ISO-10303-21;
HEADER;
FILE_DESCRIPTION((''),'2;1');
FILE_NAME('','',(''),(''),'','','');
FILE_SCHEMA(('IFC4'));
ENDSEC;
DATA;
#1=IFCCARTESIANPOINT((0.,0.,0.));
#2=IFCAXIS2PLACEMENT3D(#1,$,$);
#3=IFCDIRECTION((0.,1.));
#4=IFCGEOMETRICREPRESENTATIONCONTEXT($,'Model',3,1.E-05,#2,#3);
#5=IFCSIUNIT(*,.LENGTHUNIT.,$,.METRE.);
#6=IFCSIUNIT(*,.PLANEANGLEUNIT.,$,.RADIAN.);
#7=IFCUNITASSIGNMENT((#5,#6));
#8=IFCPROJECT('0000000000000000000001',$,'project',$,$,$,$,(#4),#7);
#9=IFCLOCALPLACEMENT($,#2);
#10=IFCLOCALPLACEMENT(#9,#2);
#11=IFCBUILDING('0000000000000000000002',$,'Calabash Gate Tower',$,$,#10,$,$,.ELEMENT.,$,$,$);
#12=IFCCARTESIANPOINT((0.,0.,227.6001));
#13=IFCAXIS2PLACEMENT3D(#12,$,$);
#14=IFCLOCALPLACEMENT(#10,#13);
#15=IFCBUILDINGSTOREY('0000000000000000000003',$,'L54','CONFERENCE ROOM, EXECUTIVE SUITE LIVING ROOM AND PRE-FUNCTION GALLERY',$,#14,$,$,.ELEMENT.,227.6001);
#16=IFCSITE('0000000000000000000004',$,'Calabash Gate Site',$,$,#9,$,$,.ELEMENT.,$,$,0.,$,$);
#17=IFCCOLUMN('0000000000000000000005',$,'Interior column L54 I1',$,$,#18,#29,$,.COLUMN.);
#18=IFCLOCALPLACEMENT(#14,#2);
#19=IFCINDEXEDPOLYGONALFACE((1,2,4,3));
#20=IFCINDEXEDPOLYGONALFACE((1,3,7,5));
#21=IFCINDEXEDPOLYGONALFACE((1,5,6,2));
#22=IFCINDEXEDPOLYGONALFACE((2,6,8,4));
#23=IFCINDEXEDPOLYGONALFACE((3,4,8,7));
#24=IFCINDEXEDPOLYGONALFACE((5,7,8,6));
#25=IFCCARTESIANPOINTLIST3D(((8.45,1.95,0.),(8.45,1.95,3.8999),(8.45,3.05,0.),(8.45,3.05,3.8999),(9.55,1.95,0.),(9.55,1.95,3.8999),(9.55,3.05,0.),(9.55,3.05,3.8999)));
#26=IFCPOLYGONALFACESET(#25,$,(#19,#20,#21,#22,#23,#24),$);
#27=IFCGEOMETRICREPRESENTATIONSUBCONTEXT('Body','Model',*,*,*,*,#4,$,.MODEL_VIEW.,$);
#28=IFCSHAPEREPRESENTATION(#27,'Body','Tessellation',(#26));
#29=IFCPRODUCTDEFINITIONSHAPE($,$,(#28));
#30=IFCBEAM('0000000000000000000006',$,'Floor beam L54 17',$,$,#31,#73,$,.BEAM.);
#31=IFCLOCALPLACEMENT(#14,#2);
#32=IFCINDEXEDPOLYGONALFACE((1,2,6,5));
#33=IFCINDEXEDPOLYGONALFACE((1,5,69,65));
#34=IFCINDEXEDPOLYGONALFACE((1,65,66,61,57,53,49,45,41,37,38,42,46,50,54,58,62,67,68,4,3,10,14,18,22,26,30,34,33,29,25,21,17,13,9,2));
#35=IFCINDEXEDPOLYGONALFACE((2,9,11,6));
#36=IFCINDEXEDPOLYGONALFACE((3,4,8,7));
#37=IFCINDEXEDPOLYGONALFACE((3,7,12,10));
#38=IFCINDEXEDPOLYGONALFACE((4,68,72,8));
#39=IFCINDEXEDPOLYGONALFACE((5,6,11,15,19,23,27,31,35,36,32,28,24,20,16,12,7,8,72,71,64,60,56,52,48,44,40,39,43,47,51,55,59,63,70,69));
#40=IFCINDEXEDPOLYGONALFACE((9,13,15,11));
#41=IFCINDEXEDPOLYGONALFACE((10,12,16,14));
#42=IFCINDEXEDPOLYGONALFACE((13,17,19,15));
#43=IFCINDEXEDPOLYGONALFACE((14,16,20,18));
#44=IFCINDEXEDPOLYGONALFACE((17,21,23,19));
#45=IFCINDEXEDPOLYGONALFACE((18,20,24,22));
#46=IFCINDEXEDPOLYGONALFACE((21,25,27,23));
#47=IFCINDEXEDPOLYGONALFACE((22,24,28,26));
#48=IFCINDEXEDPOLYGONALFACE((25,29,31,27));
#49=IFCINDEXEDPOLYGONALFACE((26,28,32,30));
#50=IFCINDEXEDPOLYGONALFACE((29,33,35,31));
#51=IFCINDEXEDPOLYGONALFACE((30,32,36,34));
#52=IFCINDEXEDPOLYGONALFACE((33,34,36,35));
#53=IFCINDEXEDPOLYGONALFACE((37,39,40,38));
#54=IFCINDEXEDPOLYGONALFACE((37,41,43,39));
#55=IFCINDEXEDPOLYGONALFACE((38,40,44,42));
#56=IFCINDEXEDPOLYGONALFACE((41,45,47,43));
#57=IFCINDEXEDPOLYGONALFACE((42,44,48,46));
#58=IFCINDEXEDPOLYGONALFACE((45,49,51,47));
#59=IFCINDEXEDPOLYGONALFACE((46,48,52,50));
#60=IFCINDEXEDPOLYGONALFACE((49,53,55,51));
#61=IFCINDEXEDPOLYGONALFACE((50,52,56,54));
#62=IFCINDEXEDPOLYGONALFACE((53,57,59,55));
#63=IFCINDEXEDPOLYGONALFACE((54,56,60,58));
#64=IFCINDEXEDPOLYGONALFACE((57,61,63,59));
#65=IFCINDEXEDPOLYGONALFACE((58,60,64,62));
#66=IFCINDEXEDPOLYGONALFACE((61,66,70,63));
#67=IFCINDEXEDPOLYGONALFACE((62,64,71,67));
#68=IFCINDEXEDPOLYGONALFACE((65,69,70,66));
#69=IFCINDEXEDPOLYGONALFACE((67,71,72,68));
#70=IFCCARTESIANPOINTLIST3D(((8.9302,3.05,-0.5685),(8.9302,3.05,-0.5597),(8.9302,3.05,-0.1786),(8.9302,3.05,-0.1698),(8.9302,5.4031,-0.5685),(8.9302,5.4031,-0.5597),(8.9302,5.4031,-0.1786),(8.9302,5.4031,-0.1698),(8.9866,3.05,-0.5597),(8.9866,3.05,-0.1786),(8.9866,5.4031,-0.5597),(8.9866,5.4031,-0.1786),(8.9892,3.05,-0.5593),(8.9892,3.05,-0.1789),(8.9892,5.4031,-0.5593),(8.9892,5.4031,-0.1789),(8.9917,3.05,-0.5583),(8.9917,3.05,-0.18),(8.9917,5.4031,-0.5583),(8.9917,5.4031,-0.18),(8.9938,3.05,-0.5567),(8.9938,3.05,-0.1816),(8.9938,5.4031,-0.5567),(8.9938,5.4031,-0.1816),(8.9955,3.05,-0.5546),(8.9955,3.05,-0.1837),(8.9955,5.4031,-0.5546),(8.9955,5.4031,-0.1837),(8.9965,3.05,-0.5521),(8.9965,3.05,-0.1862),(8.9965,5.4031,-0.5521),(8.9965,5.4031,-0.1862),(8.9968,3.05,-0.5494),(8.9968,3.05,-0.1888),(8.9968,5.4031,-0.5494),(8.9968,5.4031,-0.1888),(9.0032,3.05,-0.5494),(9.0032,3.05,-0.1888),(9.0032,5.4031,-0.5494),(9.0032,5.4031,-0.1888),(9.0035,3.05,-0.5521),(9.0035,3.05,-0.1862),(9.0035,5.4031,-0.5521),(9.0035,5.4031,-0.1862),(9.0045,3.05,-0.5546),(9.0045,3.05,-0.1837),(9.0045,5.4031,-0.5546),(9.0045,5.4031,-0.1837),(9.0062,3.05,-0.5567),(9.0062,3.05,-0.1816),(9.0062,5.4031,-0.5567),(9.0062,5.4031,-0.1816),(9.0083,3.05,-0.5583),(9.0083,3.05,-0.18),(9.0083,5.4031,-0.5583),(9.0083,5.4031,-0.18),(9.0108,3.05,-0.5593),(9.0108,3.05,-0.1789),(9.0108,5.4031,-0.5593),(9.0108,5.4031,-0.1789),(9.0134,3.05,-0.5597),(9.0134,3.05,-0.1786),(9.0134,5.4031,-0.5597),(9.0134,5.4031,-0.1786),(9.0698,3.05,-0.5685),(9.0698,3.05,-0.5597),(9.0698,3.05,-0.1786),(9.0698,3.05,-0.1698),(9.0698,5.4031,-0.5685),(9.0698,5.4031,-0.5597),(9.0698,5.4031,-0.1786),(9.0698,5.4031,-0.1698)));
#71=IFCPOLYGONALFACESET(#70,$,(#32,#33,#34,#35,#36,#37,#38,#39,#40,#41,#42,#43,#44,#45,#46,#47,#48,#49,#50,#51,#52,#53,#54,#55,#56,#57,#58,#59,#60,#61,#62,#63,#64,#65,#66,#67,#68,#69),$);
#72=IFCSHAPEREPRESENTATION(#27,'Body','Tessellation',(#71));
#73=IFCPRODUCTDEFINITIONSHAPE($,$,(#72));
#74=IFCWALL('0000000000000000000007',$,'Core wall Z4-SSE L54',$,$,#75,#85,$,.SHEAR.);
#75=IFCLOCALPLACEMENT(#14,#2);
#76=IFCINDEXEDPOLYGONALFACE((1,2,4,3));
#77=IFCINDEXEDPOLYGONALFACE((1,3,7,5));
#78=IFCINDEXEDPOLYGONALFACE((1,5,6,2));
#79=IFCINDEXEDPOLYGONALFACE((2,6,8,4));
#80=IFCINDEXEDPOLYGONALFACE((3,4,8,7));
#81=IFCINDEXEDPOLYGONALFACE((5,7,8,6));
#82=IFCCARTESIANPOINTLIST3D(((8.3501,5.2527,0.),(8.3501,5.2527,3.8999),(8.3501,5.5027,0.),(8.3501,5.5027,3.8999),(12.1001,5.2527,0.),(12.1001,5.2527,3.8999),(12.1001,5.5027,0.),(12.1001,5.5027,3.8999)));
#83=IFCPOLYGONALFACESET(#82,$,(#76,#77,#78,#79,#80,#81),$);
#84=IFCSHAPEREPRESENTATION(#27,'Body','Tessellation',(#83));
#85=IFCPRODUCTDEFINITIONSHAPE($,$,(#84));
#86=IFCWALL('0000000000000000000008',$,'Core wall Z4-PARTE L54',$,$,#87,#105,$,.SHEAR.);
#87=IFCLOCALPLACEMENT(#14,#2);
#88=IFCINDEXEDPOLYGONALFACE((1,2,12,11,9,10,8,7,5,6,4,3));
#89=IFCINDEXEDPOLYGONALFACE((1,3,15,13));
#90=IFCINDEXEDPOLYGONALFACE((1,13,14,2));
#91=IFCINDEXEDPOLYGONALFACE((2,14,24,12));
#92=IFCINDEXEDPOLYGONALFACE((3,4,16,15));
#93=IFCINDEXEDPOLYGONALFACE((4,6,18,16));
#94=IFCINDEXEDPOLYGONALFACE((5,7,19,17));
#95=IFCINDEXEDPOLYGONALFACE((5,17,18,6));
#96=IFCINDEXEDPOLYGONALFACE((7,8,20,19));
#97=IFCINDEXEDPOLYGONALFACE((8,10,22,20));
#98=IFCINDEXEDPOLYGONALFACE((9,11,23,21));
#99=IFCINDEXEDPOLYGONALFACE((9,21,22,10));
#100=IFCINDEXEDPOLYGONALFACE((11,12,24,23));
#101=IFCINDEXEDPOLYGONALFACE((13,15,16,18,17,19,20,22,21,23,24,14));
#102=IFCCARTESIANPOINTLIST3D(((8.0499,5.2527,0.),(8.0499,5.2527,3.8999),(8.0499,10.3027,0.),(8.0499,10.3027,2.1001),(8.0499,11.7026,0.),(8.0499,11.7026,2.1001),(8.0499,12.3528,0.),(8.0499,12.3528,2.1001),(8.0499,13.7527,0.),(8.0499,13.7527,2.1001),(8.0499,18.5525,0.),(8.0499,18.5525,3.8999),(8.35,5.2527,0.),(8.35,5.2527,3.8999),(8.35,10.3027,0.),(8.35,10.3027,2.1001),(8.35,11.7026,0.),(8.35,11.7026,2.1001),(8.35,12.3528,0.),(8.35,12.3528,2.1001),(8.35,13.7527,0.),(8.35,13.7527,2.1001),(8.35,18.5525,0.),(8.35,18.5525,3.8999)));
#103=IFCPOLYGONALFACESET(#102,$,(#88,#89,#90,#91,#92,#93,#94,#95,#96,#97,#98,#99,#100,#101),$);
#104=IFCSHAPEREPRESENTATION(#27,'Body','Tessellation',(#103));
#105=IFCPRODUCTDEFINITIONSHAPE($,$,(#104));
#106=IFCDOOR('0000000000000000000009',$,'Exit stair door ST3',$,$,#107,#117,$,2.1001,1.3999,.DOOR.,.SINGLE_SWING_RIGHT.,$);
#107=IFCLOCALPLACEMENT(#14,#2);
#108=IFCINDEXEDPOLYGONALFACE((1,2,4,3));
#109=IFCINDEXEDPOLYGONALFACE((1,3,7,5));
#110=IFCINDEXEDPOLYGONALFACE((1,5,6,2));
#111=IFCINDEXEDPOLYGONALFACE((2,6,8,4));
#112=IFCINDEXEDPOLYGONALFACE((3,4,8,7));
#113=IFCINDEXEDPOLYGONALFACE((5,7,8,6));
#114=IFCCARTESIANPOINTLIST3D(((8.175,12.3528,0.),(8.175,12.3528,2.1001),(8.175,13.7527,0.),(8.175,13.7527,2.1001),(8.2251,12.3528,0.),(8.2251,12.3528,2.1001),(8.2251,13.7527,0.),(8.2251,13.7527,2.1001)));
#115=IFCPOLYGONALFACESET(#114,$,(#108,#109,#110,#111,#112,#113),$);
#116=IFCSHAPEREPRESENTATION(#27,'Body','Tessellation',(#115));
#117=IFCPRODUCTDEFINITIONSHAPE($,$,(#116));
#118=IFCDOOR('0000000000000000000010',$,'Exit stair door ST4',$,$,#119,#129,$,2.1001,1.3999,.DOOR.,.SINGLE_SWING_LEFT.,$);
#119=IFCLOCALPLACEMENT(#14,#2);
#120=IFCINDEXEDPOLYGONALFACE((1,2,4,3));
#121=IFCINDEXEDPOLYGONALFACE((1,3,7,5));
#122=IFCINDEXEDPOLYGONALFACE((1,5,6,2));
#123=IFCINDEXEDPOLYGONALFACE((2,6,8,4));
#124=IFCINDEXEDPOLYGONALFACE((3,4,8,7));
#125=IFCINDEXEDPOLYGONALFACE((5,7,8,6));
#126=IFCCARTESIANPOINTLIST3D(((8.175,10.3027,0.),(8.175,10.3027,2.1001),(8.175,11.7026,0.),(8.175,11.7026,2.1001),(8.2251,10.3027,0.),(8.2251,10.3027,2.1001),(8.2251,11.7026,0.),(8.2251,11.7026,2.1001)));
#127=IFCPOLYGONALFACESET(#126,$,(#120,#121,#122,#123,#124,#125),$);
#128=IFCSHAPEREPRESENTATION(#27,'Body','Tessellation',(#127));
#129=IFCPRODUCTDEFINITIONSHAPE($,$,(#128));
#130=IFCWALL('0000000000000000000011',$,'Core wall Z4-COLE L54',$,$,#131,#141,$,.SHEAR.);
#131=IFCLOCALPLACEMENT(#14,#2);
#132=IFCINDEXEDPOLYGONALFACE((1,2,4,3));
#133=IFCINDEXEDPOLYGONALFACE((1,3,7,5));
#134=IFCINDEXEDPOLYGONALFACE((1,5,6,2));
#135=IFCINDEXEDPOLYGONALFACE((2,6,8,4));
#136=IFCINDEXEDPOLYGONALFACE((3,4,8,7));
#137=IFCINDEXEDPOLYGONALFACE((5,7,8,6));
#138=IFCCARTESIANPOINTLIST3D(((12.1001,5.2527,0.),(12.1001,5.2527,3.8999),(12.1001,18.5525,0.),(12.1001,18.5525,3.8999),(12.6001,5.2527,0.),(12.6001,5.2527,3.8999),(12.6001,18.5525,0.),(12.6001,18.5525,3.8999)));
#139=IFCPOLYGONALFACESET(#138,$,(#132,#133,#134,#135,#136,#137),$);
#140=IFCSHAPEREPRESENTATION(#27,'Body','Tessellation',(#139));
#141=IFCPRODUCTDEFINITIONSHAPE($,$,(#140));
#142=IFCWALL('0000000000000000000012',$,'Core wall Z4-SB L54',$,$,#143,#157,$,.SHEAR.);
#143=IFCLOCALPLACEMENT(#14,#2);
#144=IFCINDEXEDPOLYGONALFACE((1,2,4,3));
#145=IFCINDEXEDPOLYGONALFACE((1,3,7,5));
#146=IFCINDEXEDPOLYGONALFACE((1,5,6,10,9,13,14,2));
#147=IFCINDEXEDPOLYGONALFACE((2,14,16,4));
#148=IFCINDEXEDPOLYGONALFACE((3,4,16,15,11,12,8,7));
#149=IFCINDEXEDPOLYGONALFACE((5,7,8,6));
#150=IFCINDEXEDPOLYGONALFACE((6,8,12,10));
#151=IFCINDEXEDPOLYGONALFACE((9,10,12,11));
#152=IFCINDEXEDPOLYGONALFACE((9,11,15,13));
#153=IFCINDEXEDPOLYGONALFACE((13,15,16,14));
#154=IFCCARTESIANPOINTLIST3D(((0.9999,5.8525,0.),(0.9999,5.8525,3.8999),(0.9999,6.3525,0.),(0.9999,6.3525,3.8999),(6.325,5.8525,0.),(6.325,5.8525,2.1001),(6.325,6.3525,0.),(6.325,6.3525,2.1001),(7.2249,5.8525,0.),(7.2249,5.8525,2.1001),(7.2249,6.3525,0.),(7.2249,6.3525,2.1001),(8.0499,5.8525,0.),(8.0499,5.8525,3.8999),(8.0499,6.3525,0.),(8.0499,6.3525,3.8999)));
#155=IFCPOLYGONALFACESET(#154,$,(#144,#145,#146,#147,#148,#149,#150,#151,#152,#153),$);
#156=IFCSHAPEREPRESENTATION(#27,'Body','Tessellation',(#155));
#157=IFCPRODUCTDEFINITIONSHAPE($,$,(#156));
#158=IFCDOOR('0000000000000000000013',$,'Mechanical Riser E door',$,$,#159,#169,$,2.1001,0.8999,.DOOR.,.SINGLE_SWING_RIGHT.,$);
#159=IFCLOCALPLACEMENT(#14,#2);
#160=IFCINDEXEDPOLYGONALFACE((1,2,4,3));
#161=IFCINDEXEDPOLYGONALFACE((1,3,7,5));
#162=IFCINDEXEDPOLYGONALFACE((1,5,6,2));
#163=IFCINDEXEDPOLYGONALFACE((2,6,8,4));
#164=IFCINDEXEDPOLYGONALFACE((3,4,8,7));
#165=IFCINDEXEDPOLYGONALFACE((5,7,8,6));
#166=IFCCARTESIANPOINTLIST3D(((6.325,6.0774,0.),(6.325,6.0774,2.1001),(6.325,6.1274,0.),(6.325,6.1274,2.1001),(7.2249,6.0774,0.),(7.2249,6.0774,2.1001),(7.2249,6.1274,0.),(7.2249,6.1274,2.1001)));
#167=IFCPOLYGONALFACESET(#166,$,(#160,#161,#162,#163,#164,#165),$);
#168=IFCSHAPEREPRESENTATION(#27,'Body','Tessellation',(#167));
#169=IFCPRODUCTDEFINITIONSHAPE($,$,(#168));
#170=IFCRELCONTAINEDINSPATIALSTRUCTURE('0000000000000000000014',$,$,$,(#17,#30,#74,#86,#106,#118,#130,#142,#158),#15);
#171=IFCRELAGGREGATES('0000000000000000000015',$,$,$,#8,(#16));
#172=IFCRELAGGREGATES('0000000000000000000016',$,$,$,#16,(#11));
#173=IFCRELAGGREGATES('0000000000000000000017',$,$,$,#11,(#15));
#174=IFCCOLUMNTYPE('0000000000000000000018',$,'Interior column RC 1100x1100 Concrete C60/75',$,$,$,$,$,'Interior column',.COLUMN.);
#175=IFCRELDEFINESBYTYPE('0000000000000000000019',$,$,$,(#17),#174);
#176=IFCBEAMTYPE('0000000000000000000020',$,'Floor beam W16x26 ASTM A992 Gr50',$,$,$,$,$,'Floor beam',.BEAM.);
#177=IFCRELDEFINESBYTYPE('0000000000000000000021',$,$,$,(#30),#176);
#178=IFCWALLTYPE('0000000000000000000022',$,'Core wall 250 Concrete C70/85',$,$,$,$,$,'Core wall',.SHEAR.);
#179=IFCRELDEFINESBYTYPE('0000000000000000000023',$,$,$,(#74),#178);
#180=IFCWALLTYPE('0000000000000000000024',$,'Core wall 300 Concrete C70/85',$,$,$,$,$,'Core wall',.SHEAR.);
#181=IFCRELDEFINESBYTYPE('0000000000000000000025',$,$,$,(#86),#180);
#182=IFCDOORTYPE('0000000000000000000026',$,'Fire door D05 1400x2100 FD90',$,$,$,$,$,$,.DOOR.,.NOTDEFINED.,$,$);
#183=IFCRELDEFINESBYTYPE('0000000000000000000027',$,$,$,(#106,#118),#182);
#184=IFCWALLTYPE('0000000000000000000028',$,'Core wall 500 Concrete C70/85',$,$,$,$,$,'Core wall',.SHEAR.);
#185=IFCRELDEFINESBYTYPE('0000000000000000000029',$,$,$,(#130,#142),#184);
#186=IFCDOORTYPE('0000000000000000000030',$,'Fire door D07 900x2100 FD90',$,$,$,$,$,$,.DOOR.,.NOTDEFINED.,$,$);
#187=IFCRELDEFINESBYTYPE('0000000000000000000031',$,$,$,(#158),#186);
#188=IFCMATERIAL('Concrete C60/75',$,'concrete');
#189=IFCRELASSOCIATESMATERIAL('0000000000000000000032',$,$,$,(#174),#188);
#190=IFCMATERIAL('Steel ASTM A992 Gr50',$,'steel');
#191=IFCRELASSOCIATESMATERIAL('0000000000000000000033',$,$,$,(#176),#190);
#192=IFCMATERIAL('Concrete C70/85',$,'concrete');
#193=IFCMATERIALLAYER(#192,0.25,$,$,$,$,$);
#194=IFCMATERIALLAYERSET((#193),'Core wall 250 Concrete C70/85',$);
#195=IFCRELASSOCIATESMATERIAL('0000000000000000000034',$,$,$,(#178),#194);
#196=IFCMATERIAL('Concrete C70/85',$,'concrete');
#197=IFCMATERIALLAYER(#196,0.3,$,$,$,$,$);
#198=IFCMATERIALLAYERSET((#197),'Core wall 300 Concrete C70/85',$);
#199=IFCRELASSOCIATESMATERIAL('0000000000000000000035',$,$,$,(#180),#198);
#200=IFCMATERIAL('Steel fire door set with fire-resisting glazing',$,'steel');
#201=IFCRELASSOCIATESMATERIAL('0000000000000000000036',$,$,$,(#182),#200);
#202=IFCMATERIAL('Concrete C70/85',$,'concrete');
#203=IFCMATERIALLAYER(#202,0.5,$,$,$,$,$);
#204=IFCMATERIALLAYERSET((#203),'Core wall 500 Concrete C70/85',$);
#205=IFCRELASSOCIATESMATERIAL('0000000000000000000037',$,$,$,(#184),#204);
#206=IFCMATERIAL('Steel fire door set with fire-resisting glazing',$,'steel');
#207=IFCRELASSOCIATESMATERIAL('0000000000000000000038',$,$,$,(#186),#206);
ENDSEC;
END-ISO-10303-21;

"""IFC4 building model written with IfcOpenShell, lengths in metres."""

from ifc_helpers import new_model, si_unit, direction, frame, frame_2d, origin, origin_2d, place, context, subcontext, project, spatial, rectangle, i_section, extrude, material, layer, layer_set, material_profile, profile_set, type_object, element, fill, save


model = new_model("IFC4")

# Units and contexts
model_context = context("Model", 3, precision=1e-05, world=origin(), true_north=direction((0.0, 1.0)))
body_context = subcontext(model_context, "Body", "Model", "MODEL_VIEW")
ifc_project = project(units=[si_unit("LENGTHUNIT", "METRE"), si_unit("PLANEANGLEUNIT", "RADIAN")], contexts=[model_context])

# Site, building, storey
site_placement = place(None, origin())
site = spatial("IfcSite", under=ifc_project, at=site_placement, Name="Calabash Gate Site", CompositionType="ELEMENT", RefElevation=0.0)
building_placement = place(site_placement, origin())
building = spatial("IfcBuilding", under=site, at=building_placement, Name="Calabash Gate Tower", CompositionType="ELEMENT")
storey_placement = place(building_placement, frame((0.0, 0.0, 227.6001)))
storey = spatial("IfcBuildingStorey", under=building, at=storey_placement, Name="L54", Description="CONFERENCE ROOM, EXECUTIVE SUITE LIVING ROOM AND PRE-FUNCTION GALLERY", CompositionType="ELEMENT", Elevation=227.6001)

# Column
ifc_material_1 = material(Name="Concrete C60/75", Category="concrete")
ifc_material_profile_1 = material_profile(ifc_material_1, rectangle(XDim=1.1001, YDim=1.1001, at=origin_2d()))
ifc_profile_set_1 = profile_set([ifc_material_profile_1], Name="Concrete C60/75")
column_type = type_object("IfcColumnType", Name="Interior column RC 1100x1100 Concrete C60/75", ElementType="Interior column", PredefinedType="COLUMN", material=ifc_profile_set_1)
column_placement = place(storey_placement, frame((9.0, 2.5, 0.0), z_axis=(0.0, 0.0, 1.0), x_axis=(1.0, 0.0, 0.0)))
element("IfcColumn", 1, at=column_placement, inside=storey, type_object=column_type, Name="Interior column L54 I1", PredefinedType="COLUMN", context=body_context, shape_type="SweptSolid", body=[
    extrude(rectangle(XDim=1.1001, YDim=1.1001, at=origin_2d()), origin(), (0.0, 0.0, 1.0), 3.8999),
])

# Beam
ifc_material_2 = material(Name="Steel ASTM A992 Gr50", Category="steel")
ifc_material_profile_2 = material_profile(ifc_material_2, i_section(OverallWidth=0.1396, OverallDepth=0.3987, WebThickness=0.0063, FlangeThickness=0.0088, FilletRadius=0.0103, at=origin_2d()))
ifc_profile_set_2 = profile_set([ifc_material_profile_2], Name="Steel ASTM A992 Gr50")
beam_type = type_object("IfcBeamType", Name="Floor beam W16x26 ASTM A992 Gr50", ElementType="Floor beam", PredefinedType="BEAM", material=ifc_profile_set_2)
beam_placement = place(storey_placement, frame((9.0, 3.05, -0.3691), z_axis=(0.0, 1.0, 0.0), x_axis=(-1.0, 0.0, 0.0)))
element("IfcBeam", 2, at=beam_placement, inside=storey, type_object=beam_type, Name="Floor beam L54 17", PredefinedType="BEAM", context=body_context, shape_type="SweptSolid", body=[
    extrude(i_section(OverallWidth=0.1396, OverallDepth=0.3987, WebThickness=0.0063, FlangeThickness=0.0088, FilletRadius=0.0103, at=origin_2d()), origin(), (0.0, 0.0, 1.0), 2.353),
])

# Wall
ifc_material_3 = material(Name="Concrete C70/85", Category="concrete")
ifc_layer_1 = layer(ifc_material_3, 0.25)
ifc_layer_set_1 = layer_set([ifc_layer_1], Name="Core wall 250 Concrete C70/85")
wall_type_1 = type_object("IfcWallType", Name="Core wall 250 Concrete C70/85", ElementType="Core wall", PredefinedType="SHEAR", material=ifc_layer_set_1)
wall_1_placement = place(storey_placement, frame((8.3501, 5.3777, 0.0), z_axis=(0.0, 0.0, 1.0), x_axis=(1.0, 0.0, 0.0)))
element("IfcWall", 3, at=wall_1_placement, inside=storey, type_object=wall_type_1, Name="Core wall Z4-SSE L54", PredefinedType="SHEAR", context=body_context, shape_type="SweptSolid", body=[
    extrude(rectangle(XDim=3.75, YDim=0.25, at=frame_2d((1.875, 0.0))), origin(), (0.0, 0.0, 1.0), 3.8999),
])

# Wall, openings, doors
ifc_material_4 = material(Name="Concrete C70/85", Category="concrete")
ifc_layer_2 = layer(ifc_material_4, 0.3)
ifc_layer_set_2 = layer_set([ifc_layer_2], Name="Core wall 300 Concrete C70/85")
wall_type_2 = type_object("IfcWallType", Name="Core wall 300 Concrete C70/85", ElementType="Core wall", PredefinedType="SHEAR", material=ifc_layer_set_2)
wall_2_placement = place(storey_placement, frame((8.2, 5.2527, 0.0), z_axis=(0.0, 0.0, 1.0), x_axis=(0.0, 1.0, 0.0)))
wall_2 = element("IfcWall", 4, at=wall_2_placement, inside=storey, type_object=wall_type_2, Name="Core wall Z4-PARTE L54", PredefinedType="SHEAR", context=body_context, shape_type="SweptSolid", body=[
    extrude(rectangle(XDim=13.2998, YDim=0.3, at=frame_2d((6.6499, 0.0))), origin(), (0.0, 0.0, 1.0), 3.8999),
])
opening_1_placement = place(wall_2_placement, frame((7.1001, 0.0, 0.0)))
opening_1 = element("IfcOpeningElement", 5, at=opening_1_placement, cuts=wall_2, PredefinedType="OPENING", context=body_context, shape_type="SweptSolid", body=[
    extrude(rectangle(XDim=1.3999, YDim=2.1001, at=frame_2d((0.7, 1.05))), frame((0.0, 0.1599, 0.0), z_axis=(0.0, -1.0, 0.0), x_axis=(1.0, 0.0, 0.0)), (0.0, 0.0, 1.0), 0.3201),
])
opening_2_placement = place(wall_2_placement, frame((5.05, 0.0, 0.0)))
opening_2 = element("IfcOpeningElement", 6, at=opening_2_placement, cuts=wall_2, PredefinedType="OPENING", context=body_context, shape_type="SweptSolid", body=[
    extrude(rectangle(XDim=1.3999, YDim=2.1001, at=frame_2d((0.7, 1.05))), frame((0.0, 0.1599, 0.0), z_axis=(0.0, -1.0, 0.0), x_axis=(1.0, 0.0, 0.0)), (0.0, 0.0, 1.0), 0.3201),
])
ifc_material_5 = material(Name="Steel fire door set with fire-resisting glazing", Category="steel")
door_type_1 = type_object("IfcDoorType", Name="Fire door D05 1400x2100 FD90", OperationType="NOTDEFINED", PredefinedType="DOOR", material=ifc_material_5)
door_1_placement = place(opening_1_placement, origin())
door_1 = element("IfcDoor", 7, at=door_1_placement, inside=storey, type_object=door_type_1, Name="Exit stair door ST3", OperationType="SINGLE_SWING_RIGHT", OverallHeight=2.1001, OverallWidth=1.3999, PredefinedType="DOOR", context=body_context, shape_type="SweptSolid", body=[
    extrude(rectangle(XDim=1.3999, YDim=2.1001, at=frame_2d((0.7, 1.05))), frame((0.0, 0.0249, 0.0), z_axis=(0.0, -1.0, 0.0), x_axis=(1.0, 0.0, 0.0)), (0.0, 0.0, 1.0), 0.05),
])
fill(opening_1, door_1)
door_2_placement = place(opening_2_placement, origin())
door_2 = element("IfcDoor", 8, at=door_2_placement, inside=storey, type_object=door_type_1, Name="Exit stair door ST4", OperationType="SINGLE_SWING_LEFT", OverallHeight=2.1001, OverallWidth=1.3999, PredefinedType="DOOR", context=body_context, shape_type="SweptSolid", body=[
    extrude(rectangle(XDim=1.3999, YDim=2.1001, at=frame_2d((0.7, 1.05))), frame((0.0, 0.0249, 0.0), z_axis=(0.0, -1.0, 0.0), x_axis=(1.0, 0.0, 0.0)), (0.0, 0.0, 1.0), 0.05),
])
fill(opening_2, door_2)

# Wall
ifc_material_6 = material(Name="Concrete C70/85", Category="concrete")
ifc_layer_3 = layer(ifc_material_6, 0.5)
ifc_layer_set_3 = layer_set([ifc_layer_3], Name="Core wall 500 Concrete C70/85")
wall_type_3 = type_object("IfcWallType", Name="Core wall 500 Concrete C70/85", ElementType="Core wall", PredefinedType="SHEAR", material=ifc_layer_set_3)
wall_3_placement = place(storey_placement, frame((12.3501, 5.2527, 0.0), z_axis=(0.0, 0.0, 1.0), x_axis=(0.0, 1.0, 0.0)))
element("IfcWall", 9, at=wall_3_placement, inside=storey, type_object=wall_type_3, Name="Core wall Z4-COLE L54", PredefinedType="SHEAR", context=body_context, shape_type="SweptSolid", body=[
    extrude(rectangle(XDim=13.2998, YDim=0.5, at=frame_2d((6.6499, 0.0))), origin(), (0.0, 0.0, 1.0), 3.8999),
])

# Wall, opening, door
wall_4_placement = place(storey_placement, frame((1.0, 6.1025, 0.0), z_axis=(0.0, 0.0, 1.0), x_axis=(1.0, 0.0, 0.0)))
wall_4 = element("IfcWall", 10, at=wall_4_placement, inside=storey, type_object=wall_type_3, Name="Core wall Z4-SB L54", PredefinedType="SHEAR", context=body_context, shape_type="SweptSolid", body=[
    extrude(rectangle(XDim=7.05, YDim=0.5, at=frame_2d((3.5249, 0.0))), origin(), (0.0, 0.0, 1.0), 3.8999),
])
opening_3_placement = place(wall_4_placement, frame((5.325, 0.0, 0.0)))
opening_3 = element("IfcOpeningElement", 11, at=opening_3_placement, cuts=wall_4, PredefinedType="OPENING", context=body_context, shape_type="SweptSolid", body=[
    extrude(rectangle(XDim=0.8999, YDim=2.1001, at=frame_2d((0.45, 1.05))), frame((0.0, 0.26, 0.0), z_axis=(0.0, -1.0, 0.0), x_axis=(1.0, 0.0, 0.0)), (0.0, 0.0, 1.0), 0.52),
])
ifc_material_7 = material(Name="Steel fire door set with fire-resisting glazing", Category="steel")
door_type_2 = type_object("IfcDoorType", Name="Fire door D07 900x2100 FD90", OperationType="NOTDEFINED", PredefinedType="DOOR", material=ifc_material_7)
door_3_placement = place(opening_3_placement, origin())
door_3 = element("IfcDoor", 12, at=door_3_placement, inside=storey, type_object=door_type_2, Name="Mechanical Riser E door", OperationType="SINGLE_SWING_RIGHT", OverallHeight=2.1001, OverallWidth=0.8999, PredefinedType="DOOR", context=body_context, shape_type="SweptSolid", body=[
    extrude(rectangle(XDim=0.8999, YDim=2.1001, at=frame_2d((0.45, 1.05))), frame((0.0, 0.0249, 0.0), z_axis=(0.0, -1.0, 0.0), x_axis=(1.0, 0.0, 0.0)), (0.0, 0.0, 1.0), 0.05),
])
fill(opening_3, door_3)

save(model, "model.ifc")
